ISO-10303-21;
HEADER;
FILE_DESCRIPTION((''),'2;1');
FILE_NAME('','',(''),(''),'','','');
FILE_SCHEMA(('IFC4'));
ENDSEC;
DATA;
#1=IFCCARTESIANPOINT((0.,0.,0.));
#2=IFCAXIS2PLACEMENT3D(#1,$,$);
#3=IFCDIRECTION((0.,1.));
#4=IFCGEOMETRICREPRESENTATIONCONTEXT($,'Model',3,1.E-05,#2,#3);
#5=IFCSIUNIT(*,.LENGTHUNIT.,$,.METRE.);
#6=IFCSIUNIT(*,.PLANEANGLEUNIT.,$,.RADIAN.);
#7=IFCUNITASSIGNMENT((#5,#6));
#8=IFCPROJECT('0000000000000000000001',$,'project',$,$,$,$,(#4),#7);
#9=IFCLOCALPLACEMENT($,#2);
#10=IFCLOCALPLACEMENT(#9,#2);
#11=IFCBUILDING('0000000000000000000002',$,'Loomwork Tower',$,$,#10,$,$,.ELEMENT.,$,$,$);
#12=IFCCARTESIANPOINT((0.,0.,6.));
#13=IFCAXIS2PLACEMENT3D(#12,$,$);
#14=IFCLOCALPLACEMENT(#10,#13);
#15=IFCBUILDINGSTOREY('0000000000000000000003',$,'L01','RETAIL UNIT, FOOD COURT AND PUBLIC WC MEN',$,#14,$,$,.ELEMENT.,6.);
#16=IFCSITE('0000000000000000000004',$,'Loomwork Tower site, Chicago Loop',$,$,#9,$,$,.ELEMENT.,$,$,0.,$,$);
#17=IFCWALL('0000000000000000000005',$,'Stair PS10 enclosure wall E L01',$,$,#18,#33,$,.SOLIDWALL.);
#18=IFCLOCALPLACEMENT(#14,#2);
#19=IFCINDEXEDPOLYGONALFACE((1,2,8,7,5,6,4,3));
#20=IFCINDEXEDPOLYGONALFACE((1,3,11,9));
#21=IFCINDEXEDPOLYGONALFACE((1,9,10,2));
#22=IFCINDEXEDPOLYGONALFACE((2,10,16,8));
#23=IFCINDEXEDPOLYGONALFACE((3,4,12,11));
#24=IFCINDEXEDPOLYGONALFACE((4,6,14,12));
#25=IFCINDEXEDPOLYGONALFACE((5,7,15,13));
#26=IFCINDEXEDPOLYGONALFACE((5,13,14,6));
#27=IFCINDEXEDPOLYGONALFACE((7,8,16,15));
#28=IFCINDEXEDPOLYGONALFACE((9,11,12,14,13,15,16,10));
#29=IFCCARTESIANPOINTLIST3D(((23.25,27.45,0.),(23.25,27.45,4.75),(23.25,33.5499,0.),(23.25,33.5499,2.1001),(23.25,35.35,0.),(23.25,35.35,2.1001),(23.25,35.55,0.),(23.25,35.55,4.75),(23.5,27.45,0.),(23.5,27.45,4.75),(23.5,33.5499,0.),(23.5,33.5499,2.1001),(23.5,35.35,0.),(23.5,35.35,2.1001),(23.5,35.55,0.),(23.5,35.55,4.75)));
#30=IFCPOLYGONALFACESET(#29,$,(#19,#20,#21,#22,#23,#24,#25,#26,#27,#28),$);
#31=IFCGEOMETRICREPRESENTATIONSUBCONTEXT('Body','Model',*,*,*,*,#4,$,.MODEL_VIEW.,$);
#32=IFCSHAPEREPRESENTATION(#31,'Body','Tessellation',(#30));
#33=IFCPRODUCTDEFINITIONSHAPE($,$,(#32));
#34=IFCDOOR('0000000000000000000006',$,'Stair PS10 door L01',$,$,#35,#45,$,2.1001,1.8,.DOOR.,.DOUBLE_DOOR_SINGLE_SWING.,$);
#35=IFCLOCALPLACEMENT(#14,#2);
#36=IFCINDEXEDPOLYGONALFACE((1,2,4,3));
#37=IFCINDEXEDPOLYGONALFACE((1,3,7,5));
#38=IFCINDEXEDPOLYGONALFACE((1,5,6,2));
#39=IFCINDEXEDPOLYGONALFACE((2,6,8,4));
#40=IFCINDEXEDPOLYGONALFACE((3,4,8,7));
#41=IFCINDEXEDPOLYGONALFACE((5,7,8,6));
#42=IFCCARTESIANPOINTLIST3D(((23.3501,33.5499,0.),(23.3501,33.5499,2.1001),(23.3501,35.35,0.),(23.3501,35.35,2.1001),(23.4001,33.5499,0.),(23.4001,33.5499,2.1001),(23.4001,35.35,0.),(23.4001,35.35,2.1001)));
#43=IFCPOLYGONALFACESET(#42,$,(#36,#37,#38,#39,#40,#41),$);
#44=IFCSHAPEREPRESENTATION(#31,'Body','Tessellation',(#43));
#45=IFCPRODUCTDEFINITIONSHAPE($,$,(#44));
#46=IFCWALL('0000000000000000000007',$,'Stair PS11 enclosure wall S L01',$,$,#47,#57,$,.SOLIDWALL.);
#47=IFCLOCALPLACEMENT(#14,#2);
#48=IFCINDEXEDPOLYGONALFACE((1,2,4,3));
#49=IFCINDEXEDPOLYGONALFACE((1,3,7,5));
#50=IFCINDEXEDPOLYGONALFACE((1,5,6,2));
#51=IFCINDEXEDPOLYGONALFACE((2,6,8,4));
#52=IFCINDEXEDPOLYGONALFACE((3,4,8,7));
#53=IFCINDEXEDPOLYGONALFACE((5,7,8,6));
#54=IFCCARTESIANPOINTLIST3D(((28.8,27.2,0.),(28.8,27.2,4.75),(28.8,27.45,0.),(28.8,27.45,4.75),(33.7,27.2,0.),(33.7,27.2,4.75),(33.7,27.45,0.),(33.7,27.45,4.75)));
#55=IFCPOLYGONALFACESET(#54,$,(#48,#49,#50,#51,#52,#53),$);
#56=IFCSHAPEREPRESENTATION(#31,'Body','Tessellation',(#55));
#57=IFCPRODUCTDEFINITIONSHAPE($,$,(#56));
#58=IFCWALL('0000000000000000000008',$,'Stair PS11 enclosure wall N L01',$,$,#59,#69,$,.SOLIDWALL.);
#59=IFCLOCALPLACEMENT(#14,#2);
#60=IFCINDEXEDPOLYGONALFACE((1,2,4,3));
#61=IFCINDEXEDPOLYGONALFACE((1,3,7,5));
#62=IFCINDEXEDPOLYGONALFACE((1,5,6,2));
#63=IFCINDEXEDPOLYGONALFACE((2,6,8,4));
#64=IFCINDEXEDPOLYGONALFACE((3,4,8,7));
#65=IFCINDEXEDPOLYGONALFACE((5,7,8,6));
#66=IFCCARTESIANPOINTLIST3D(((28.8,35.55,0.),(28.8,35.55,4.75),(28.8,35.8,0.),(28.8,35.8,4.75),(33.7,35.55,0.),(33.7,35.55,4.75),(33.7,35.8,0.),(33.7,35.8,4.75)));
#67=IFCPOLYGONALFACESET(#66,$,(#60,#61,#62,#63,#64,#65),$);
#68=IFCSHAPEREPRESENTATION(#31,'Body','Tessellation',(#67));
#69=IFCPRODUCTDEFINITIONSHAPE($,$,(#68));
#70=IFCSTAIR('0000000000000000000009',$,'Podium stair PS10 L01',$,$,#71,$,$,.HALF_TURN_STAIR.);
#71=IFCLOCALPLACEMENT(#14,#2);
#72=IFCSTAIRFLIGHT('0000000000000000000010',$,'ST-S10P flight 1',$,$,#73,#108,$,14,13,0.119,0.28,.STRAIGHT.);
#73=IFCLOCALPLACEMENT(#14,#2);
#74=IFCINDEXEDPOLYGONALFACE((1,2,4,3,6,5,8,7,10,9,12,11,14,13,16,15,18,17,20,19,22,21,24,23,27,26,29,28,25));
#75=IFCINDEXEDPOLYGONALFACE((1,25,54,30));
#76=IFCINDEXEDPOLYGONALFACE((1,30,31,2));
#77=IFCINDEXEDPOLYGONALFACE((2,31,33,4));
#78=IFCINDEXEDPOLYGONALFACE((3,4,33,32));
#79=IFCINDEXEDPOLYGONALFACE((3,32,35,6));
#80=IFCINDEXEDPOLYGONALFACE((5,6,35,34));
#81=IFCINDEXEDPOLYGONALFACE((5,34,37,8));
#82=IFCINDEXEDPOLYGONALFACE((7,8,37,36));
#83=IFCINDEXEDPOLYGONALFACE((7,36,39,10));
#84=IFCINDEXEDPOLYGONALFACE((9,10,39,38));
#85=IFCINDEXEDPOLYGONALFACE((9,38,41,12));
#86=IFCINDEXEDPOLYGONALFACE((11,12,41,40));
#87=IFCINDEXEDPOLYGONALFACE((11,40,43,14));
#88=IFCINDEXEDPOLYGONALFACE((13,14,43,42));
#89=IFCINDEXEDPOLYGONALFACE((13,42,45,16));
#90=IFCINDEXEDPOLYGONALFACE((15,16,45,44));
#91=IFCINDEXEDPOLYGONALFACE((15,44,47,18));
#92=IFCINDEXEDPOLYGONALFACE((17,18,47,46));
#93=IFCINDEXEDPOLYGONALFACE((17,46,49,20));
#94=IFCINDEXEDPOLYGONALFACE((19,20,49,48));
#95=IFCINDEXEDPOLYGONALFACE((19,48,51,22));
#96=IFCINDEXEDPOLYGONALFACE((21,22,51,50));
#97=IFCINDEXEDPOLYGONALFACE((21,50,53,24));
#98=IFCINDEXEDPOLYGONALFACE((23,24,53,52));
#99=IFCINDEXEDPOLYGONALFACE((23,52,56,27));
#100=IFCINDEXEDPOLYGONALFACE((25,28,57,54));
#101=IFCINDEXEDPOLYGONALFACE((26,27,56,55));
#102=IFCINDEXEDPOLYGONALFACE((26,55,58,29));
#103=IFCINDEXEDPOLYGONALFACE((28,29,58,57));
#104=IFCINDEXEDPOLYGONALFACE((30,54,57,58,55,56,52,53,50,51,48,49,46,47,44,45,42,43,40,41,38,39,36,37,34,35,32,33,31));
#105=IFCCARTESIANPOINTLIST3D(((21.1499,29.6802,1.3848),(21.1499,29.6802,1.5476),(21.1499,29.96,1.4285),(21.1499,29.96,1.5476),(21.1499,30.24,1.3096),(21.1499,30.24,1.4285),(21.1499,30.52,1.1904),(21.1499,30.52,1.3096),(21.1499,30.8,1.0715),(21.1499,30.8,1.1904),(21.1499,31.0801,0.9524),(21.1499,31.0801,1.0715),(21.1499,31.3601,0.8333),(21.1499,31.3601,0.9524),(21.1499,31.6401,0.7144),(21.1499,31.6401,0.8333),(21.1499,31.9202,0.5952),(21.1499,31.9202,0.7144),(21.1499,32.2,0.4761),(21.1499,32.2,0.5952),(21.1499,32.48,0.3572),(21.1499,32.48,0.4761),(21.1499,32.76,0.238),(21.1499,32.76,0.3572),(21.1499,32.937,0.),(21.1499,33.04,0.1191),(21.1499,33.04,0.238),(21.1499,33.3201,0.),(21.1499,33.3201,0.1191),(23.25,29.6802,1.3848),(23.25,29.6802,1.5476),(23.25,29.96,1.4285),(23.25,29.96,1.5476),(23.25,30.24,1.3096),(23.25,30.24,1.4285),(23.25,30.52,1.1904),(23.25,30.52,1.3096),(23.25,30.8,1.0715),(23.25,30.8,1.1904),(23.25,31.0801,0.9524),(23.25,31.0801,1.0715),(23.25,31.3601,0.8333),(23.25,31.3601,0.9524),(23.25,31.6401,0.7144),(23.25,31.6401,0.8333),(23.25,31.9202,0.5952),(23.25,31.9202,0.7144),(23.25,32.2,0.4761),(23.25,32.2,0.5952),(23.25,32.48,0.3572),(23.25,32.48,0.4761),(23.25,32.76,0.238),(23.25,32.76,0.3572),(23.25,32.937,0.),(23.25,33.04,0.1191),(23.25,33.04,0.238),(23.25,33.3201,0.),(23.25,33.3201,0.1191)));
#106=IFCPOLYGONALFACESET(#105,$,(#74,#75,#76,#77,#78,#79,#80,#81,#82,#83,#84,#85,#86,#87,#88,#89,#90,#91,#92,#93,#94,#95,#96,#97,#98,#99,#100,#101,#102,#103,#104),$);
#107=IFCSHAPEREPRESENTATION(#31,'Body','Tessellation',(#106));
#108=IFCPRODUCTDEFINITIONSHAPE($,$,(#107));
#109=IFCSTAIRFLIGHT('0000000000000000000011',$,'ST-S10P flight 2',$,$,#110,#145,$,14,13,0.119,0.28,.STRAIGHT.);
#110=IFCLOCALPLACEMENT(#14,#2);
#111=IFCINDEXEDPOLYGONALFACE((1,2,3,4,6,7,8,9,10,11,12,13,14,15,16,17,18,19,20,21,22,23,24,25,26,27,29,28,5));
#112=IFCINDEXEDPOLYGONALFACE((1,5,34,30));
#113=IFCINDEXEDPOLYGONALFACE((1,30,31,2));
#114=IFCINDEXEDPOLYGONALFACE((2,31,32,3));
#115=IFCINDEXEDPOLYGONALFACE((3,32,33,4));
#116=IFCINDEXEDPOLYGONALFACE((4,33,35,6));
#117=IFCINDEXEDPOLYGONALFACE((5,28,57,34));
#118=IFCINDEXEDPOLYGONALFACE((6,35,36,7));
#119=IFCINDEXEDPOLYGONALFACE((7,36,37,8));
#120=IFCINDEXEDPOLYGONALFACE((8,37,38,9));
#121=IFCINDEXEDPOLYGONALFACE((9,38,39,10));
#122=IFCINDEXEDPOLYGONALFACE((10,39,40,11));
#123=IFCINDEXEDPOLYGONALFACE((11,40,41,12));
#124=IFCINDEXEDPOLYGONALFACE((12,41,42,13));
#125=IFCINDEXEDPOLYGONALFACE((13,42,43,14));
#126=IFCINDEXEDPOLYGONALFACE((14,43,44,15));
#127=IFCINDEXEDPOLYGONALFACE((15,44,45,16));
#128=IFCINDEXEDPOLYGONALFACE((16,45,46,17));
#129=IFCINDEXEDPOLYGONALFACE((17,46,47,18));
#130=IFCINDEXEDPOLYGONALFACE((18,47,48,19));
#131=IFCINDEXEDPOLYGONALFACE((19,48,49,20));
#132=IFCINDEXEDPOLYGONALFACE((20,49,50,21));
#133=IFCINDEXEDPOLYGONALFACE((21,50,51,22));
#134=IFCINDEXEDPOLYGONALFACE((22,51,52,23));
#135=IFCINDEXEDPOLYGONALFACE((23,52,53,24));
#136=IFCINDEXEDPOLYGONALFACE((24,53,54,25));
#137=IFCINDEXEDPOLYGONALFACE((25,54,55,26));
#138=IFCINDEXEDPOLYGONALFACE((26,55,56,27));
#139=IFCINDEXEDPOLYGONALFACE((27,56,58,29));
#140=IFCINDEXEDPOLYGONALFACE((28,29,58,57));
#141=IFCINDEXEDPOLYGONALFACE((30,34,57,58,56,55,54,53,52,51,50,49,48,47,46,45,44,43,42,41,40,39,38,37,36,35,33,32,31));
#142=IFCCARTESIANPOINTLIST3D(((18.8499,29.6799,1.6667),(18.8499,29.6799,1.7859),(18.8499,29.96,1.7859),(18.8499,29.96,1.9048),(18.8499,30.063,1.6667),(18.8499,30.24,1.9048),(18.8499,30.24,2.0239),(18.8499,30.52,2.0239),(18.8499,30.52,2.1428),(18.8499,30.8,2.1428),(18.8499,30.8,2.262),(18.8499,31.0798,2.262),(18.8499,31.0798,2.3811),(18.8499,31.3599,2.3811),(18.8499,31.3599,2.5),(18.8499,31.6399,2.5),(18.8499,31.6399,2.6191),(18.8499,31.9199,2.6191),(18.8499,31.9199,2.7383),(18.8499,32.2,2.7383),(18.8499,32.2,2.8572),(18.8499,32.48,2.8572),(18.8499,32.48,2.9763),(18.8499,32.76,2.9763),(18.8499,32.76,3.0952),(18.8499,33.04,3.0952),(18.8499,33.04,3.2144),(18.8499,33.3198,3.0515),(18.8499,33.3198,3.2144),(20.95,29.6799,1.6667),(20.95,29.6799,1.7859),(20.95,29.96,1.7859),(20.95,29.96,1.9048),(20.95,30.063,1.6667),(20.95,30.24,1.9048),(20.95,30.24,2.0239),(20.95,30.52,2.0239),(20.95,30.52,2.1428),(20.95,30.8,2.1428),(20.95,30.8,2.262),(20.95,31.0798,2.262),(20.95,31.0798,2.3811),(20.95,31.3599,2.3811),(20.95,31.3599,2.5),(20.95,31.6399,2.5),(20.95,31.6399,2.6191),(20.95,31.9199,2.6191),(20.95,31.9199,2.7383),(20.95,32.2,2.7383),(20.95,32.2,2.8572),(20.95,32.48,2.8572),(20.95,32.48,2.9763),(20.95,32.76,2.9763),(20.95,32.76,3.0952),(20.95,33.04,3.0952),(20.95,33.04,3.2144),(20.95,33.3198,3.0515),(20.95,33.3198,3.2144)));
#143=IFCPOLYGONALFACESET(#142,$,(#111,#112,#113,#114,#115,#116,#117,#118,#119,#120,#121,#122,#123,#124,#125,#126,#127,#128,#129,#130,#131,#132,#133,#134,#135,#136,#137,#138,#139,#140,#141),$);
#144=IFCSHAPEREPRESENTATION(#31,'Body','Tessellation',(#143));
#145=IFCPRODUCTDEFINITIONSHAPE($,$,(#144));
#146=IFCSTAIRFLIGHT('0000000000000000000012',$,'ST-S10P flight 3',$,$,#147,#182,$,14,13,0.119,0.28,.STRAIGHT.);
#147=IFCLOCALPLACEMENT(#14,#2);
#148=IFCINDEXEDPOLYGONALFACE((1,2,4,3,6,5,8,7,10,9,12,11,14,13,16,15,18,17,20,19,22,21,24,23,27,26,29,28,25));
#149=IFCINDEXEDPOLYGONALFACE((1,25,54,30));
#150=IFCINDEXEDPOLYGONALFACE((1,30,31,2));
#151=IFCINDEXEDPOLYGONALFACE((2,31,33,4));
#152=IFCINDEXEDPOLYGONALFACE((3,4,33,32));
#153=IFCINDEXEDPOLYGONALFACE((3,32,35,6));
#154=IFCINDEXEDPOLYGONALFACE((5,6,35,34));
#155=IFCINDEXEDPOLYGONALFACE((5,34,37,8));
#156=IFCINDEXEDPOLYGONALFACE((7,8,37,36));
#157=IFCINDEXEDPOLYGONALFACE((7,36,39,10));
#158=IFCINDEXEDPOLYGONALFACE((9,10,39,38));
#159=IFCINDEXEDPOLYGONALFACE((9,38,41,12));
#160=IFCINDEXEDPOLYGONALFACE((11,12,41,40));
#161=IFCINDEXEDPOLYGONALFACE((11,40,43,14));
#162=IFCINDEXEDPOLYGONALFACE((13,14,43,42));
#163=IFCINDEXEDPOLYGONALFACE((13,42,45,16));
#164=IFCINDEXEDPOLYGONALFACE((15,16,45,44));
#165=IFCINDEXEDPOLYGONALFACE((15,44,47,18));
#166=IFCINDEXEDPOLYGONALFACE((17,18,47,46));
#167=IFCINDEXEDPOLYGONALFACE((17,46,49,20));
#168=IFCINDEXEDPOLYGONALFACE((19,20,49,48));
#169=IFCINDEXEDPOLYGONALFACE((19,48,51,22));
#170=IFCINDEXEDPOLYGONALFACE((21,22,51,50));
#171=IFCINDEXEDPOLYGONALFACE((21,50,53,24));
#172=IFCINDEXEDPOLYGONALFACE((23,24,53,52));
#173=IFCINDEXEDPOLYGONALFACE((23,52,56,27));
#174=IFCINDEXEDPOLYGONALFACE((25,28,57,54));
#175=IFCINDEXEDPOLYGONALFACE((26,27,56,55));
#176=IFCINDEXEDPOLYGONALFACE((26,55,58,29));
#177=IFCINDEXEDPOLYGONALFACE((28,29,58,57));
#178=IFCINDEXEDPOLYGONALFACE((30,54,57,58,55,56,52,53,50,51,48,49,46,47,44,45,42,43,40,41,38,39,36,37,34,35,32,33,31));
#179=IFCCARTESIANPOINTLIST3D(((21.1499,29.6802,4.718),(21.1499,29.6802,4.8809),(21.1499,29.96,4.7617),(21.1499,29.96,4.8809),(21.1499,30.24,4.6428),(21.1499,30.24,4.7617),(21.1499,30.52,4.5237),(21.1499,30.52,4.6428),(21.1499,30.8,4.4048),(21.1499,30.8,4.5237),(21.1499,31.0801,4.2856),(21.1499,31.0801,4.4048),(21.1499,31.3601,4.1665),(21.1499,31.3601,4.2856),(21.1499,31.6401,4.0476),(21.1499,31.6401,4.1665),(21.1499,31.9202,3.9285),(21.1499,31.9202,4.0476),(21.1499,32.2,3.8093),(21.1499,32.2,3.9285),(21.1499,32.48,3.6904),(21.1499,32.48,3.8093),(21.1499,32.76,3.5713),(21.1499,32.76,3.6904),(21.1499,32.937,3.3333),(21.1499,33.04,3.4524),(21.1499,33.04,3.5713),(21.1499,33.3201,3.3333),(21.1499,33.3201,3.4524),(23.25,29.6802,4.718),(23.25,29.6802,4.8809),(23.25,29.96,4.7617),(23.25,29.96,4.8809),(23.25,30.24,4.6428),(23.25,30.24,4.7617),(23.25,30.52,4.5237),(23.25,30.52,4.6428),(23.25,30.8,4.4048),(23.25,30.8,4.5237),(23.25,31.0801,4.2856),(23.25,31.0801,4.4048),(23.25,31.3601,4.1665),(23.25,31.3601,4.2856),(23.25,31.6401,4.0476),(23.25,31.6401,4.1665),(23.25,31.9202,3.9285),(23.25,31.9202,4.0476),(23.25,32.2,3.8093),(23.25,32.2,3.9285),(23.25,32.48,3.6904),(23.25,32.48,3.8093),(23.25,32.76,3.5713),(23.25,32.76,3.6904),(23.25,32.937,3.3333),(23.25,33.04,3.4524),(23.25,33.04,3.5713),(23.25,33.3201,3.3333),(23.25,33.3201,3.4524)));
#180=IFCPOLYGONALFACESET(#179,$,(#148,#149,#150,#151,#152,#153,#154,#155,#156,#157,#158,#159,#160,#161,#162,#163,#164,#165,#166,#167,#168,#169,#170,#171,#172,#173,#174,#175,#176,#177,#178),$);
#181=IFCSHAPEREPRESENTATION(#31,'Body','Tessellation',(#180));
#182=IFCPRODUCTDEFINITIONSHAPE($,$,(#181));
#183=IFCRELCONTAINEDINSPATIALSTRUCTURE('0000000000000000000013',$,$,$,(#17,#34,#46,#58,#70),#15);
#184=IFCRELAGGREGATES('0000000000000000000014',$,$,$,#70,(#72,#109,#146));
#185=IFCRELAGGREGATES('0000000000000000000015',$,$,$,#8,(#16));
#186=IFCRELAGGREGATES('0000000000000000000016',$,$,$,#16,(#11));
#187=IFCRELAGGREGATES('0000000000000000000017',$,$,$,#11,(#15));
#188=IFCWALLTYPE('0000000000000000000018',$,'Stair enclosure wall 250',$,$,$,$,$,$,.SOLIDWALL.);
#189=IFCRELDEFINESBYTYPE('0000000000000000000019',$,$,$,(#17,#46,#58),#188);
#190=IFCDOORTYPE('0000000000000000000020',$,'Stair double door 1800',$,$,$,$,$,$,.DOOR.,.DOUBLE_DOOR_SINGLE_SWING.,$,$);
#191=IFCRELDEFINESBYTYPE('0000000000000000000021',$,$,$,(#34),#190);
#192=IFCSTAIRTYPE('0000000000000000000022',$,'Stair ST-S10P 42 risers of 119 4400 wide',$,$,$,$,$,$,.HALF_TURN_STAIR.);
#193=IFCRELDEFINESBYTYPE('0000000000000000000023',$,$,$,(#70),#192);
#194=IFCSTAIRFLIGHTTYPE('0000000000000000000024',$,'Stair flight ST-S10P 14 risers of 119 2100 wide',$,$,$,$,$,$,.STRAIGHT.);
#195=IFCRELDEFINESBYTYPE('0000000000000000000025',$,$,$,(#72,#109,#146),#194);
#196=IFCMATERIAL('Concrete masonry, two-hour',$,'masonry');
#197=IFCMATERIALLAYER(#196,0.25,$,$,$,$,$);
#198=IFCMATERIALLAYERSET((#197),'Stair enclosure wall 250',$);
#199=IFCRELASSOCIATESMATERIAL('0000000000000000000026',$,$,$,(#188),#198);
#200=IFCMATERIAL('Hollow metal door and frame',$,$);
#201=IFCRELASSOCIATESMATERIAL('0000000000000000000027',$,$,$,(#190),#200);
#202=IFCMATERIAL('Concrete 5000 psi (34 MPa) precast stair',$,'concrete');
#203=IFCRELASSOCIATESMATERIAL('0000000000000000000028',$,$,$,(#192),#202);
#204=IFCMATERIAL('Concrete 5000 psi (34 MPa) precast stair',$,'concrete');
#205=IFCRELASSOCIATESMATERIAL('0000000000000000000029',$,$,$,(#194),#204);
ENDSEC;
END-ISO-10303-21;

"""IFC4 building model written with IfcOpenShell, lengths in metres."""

from ifc_helpers import new_model, si_unit, direction, frame, frame_2d, origin, place, context, subcontext, project, spatial, polyline, rectangle, outline, extrude, material, layer, layer_set, type_object, element, fill, aggregate, save


model = new_model("IFC4")

# Units and contexts
model_context = context("Model", 3, precision=1e-05, world=origin(), true_north=direction((0.0, 1.0)))
body_context = subcontext(model_context, "Body", "Model", "MODEL_VIEW")
ifc_project = project(units=[si_unit("LENGTHUNIT", "METRE"), si_unit("PLANEANGLEUNIT", "RADIAN")], contexts=[model_context])

# Site, building, storey
site_placement = place(None, origin())
site = spatial("IfcSite", under=ifc_project, at=site_placement, Name="Loomwork Tower site, Chicago Loop", CompositionType="ELEMENT", RefElevation=0.0)
building_placement = place(site_placement, origin())
building = spatial("IfcBuilding", under=site, at=building_placement, Name="Loomwork Tower", CompositionType="ELEMENT")
storey_placement = place(building_placement, frame((0.0, 0.0, 6.0)))
storey = spatial("IfcBuildingStorey", under=building, at=storey_placement, Name="L01", Description="RETAIL UNIT, FOOD COURT AND PUBLIC WC MEN", CompositionType="ELEMENT", Elevation=6.0)

# Shared definitions
ifc_material_1 = material(Name="Concrete masonry, two-hour", Category="masonry")
ifc_layer = layer(ifc_material_1, 0.25)
ifc_layer_set = layer_set([ifc_layer], Name="Stair enclosure wall 250")
wall_type = type_object("IfcWallType", Name="Stair enclosure wall 250", PredefinedType="SOLIDWALL", material=ifc_layer_set)

# Wall, opening, door
wall_1_placement = place(storey_placement, frame((23.375, 27.45, 0.0), z_axis=(0.0, 0.0, 1.0), x_axis=(0.0, 1.0, 0.0)))
wall_1 = element("IfcWall", 1, at=wall_1_placement, inside=storey, type_object=wall_type, Name="Stair PS10 enclosure wall E L01", PredefinedType="SOLIDWALL", context=body_context, shape_type="SweptSolid", body=[
    extrude(rectangle(XDim=8.1001, YDim=0.25, at=frame_2d((4.05, 0.0))), origin(), (0.0, 0.0, 1.0), 4.75),
])
opening_placement = place(wall_1_placement, frame((6.1001, 0.0, 0.0)))
opening = element("IfcOpeningElement", 2, at=opening_placement, cuts=wall_1, PredefinedType="OPENING", context=body_context, shape_type="SweptSolid", body=[
    extrude(rectangle(XDim=1.8, YDim=2.1001, at=frame_2d((0.8999, 1.05))), frame((0.0, 0.135, 0.0), z_axis=(0.0, -1.0, 0.0), x_axis=(1.0, 0.0, 0.0)), (0.0, 0.0, 1.0), 0.27),
])
ifc_material_2 = material(Name="Hollow metal door and frame")
door_type = type_object("IfcDoorType", Name="Stair double door 1800", OperationType="DOUBLE_DOOR_SINGLE_SWING", PredefinedType="DOOR", material=ifc_material_2)
door_placement = place(opening_placement, origin())
door = element("IfcDoor", 3, at=door_placement, inside=storey, type_object=door_type, Name="Stair PS10 door L01", OperationType="DOUBLE_DOOR_SINGLE_SWING", OverallHeight=2.1001, OverallWidth=1.8, PredefinedType="DOOR", context=body_context, shape_type="SweptSolid", body=[
    extrude(rectangle(XDim=1.8, YDim=2.1001, at=frame_2d((0.8999, 1.05))), frame((0.0, 0.0249, 0.0), z_axis=(0.0, -1.0, 0.0), x_axis=(1.0, 0.0, 0.0)), (0.0, 0.0, 1.0), 0.05),
])
fill(opening, door)

# Walls
for number, where, z_axis, x_axis, name in (
    (4, (28.8, 27.325, 0.0), (0.0, 0.0, 1.0), (1.0, 0.0, 0.0), "Stair PS11 enclosure wall S L01"),
    (5, (28.8, 35.675, 0.0), (0.0, 0.0, 1.0), (1.0, 0.0, 0.0), "Stair PS11 enclosure wall N L01"),
):
    element("IfcWall", number, at=place(storey_placement, frame(where, z_axis=z_axis, x_axis=x_axis)), inside=storey, type_object=wall_type, Name=name, PredefinedType="SOLIDWALL", context=body_context, shape_type="SweptSolid", body=[
        extrude(rectangle(XDim=4.8999, YDim=0.25, at=frame_2d((2.45, 0.0))), origin(), (0.0, 0.0, 1.0), 4.75),
    ])

# Stair, stair flights
ifc_material_3 = material(Name="Concrete 5000 psi (34 MPa) precast stair", Category="concrete")
stair_type = type_object("IfcStairType", Name="Stair ST-S10P 42 risers of 119 4400 wide", PredefinedType="HALF_TURN_STAIR", material=ifc_material_3)
stair_placement = place(storey_placement, origin())
stair = element("IfcStair", 6, at=stair_placement, inside=storey, type_object=stair_type, Name="Podium stair PS10 L01", PredefinedType="HALF_TURN_STAIR")
ifc_material_4 = material(Name="Concrete 5000 psi (34 MPa) precast stair", Category="concrete")
stair_flight_type = type_object("IfcStairFlightType", Name="Stair flight ST-S10P 14 risers of 119 2100 wide", PredefinedType="STRAIGHT", material=ifc_material_4)
stair_flight_1_placement = place(storey_placement, frame((22.2, 33.3201, 0.0), z_axis=(0.0, 0.0, 1.0), x_axis=(0.0, -1.0, 0.0)))
stair_flight_1 = element("IfcStairFlight", 7, at=stair_flight_1_placement, type_object=stair_flight_type, Name="ST-S10P flight 1", NumberOfRisers=14, NumberOfTreads=13, PredefinedType="STRAIGHT", RiserHeight=0.119, TreadLength=0.28, context=body_context, shape_type="SweptSolid", body=[
    extrude(outline(polyline([(0.0, 0.0), (0.0, 0.1191), (0.28, 0.1191), (0.28, 0.238), (0.5601, 0.238), (0.5601, 0.3572), (0.8401, 0.3572), (0.8401, 0.4761), (1.1201, 0.4761), (1.1201, 0.5952), (1.3999, 0.5952), (1.3999, 0.7144), (1.6799, 0.7144), (1.6799, 0.8333), (1.96, 0.8333), (1.96, 0.9524), (2.24, 0.9524), (2.24, 1.0715), (2.52, 1.0715), (2.52, 1.1904), (2.8, 1.1904), (2.8, 1.3096), (3.0801, 1.3096), (3.0801, 1.4285), (3.3601, 1.4285), (3.3601, 1.5476), (3.6399, 1.5476), (3.6399, 1.6667), (3.6399, 1.3848), (0.3831, 0.0), (0.0, 0.0)])), frame((0.0, 1.05, 0.0), z_axis=(0.0, -1.0, 0.0), x_axis=(1.0, 0.0, 0.0)), (0.0, 0.0, 1.0), 2.1001),
])
stair_flight_2_placement = place(storey_placement, frame((19.8999, 29.6799, 1.6667), z_axis=(0.0, 0.0, 1.0), x_axis=(0.0, 1.0, 0.0)))
stair_flight_2 = element("IfcStairFlight", 8, at=stair_flight_2_placement, type_object=stair_flight_type, Name="ST-S10P flight 2", NumberOfRisers=14, NumberOfTreads=13, PredefinedType="STRAIGHT", RiserHeight=0.119, TreadLength=0.28, context=body_context, shape_type="SweptSolid", body=[
    extrude(outline(polyline([(0.0, 0.0), (0.0, 0.1191), (0.28, 0.1191), (0.28, 0.238), (0.5601, 0.238), (0.5601, 0.3572), (0.8401, 0.3572), (0.8401, 0.4761), (1.1201, 0.4761), (1.1201, 0.5952), (1.3999, 0.5952), (1.3999, 0.7144), (1.6799, 0.7144), (1.6799, 0.8333), (1.96, 0.8333), (1.96, 0.9524), (2.24, 0.9524), (2.24, 1.0715), (2.52, 1.0715), (2.52, 1.1904), (2.8, 1.1904), (2.8, 1.3096), (3.0801, 1.3096), (3.0801, 1.4285), (3.3601, 1.4285), (3.3601, 1.5476), (3.6399, 1.5476), (3.6399, 1.6667), (3.6399, 1.3848), (0.3831, 0.0), (0.0, 0.0)])), frame((0.0, 1.05, 0.0), z_axis=(0.0, -1.0, 0.0), x_axis=(1.0, 0.0, 0.0)), (0.0, 0.0, 1.0), 2.1001),
])
stair_flight_3_placement = place(storey_placement, frame((22.2, 33.3201, 3.3333), z_axis=(0.0, 0.0, 1.0), x_axis=(0.0, -1.0, 0.0)))
stair_flight_3 = element("IfcStairFlight", 9, at=stair_flight_3_placement, type_object=stair_flight_type, Name="ST-S10P flight 3", NumberOfRisers=14, NumberOfTreads=13, PredefinedType="STRAIGHT", RiserHeight=0.119, TreadLength=0.28, context=body_context, shape_type="SweptSolid", body=[
    extrude(outline(polyline([(0.0, 0.0), (0.0, 0.1191), (0.28, 0.1191), (0.28, 0.238), (0.5601, 0.238), (0.5601, 0.3572), (0.8401, 0.3572), (0.8401, 0.4761), (1.1201, 0.4761), (1.1201, 0.5952), (1.3999, 0.5952), (1.3999, 0.7144), (1.6799, 0.7144), (1.6799, 0.8333), (1.96, 0.8333), (1.96, 0.9524), (2.24, 0.9524), (2.24, 1.0715), (2.52, 1.0715), (2.52, 1.1904), (2.8, 1.1904), (2.8, 1.3096), (3.0801, 1.3096), (3.0801, 1.4285), (3.3601, 1.4285), (3.3601, 1.5476), (3.6399, 1.5476), (3.6399, 1.6667), (3.6399, 1.3848), (0.3831, 0.0), (0.0, 0.0)])), frame((0.0, 1.05, 0.0), z_axis=(0.0, -1.0, 0.0), x_axis=(1.0, 0.0, 0.0)), (0.0, 0.0, 1.0), 2.1001),
])
aggregate(stair, [stair_flight_1, stair_flight_2, stair_flight_3])

save(model, "model.ifc")
